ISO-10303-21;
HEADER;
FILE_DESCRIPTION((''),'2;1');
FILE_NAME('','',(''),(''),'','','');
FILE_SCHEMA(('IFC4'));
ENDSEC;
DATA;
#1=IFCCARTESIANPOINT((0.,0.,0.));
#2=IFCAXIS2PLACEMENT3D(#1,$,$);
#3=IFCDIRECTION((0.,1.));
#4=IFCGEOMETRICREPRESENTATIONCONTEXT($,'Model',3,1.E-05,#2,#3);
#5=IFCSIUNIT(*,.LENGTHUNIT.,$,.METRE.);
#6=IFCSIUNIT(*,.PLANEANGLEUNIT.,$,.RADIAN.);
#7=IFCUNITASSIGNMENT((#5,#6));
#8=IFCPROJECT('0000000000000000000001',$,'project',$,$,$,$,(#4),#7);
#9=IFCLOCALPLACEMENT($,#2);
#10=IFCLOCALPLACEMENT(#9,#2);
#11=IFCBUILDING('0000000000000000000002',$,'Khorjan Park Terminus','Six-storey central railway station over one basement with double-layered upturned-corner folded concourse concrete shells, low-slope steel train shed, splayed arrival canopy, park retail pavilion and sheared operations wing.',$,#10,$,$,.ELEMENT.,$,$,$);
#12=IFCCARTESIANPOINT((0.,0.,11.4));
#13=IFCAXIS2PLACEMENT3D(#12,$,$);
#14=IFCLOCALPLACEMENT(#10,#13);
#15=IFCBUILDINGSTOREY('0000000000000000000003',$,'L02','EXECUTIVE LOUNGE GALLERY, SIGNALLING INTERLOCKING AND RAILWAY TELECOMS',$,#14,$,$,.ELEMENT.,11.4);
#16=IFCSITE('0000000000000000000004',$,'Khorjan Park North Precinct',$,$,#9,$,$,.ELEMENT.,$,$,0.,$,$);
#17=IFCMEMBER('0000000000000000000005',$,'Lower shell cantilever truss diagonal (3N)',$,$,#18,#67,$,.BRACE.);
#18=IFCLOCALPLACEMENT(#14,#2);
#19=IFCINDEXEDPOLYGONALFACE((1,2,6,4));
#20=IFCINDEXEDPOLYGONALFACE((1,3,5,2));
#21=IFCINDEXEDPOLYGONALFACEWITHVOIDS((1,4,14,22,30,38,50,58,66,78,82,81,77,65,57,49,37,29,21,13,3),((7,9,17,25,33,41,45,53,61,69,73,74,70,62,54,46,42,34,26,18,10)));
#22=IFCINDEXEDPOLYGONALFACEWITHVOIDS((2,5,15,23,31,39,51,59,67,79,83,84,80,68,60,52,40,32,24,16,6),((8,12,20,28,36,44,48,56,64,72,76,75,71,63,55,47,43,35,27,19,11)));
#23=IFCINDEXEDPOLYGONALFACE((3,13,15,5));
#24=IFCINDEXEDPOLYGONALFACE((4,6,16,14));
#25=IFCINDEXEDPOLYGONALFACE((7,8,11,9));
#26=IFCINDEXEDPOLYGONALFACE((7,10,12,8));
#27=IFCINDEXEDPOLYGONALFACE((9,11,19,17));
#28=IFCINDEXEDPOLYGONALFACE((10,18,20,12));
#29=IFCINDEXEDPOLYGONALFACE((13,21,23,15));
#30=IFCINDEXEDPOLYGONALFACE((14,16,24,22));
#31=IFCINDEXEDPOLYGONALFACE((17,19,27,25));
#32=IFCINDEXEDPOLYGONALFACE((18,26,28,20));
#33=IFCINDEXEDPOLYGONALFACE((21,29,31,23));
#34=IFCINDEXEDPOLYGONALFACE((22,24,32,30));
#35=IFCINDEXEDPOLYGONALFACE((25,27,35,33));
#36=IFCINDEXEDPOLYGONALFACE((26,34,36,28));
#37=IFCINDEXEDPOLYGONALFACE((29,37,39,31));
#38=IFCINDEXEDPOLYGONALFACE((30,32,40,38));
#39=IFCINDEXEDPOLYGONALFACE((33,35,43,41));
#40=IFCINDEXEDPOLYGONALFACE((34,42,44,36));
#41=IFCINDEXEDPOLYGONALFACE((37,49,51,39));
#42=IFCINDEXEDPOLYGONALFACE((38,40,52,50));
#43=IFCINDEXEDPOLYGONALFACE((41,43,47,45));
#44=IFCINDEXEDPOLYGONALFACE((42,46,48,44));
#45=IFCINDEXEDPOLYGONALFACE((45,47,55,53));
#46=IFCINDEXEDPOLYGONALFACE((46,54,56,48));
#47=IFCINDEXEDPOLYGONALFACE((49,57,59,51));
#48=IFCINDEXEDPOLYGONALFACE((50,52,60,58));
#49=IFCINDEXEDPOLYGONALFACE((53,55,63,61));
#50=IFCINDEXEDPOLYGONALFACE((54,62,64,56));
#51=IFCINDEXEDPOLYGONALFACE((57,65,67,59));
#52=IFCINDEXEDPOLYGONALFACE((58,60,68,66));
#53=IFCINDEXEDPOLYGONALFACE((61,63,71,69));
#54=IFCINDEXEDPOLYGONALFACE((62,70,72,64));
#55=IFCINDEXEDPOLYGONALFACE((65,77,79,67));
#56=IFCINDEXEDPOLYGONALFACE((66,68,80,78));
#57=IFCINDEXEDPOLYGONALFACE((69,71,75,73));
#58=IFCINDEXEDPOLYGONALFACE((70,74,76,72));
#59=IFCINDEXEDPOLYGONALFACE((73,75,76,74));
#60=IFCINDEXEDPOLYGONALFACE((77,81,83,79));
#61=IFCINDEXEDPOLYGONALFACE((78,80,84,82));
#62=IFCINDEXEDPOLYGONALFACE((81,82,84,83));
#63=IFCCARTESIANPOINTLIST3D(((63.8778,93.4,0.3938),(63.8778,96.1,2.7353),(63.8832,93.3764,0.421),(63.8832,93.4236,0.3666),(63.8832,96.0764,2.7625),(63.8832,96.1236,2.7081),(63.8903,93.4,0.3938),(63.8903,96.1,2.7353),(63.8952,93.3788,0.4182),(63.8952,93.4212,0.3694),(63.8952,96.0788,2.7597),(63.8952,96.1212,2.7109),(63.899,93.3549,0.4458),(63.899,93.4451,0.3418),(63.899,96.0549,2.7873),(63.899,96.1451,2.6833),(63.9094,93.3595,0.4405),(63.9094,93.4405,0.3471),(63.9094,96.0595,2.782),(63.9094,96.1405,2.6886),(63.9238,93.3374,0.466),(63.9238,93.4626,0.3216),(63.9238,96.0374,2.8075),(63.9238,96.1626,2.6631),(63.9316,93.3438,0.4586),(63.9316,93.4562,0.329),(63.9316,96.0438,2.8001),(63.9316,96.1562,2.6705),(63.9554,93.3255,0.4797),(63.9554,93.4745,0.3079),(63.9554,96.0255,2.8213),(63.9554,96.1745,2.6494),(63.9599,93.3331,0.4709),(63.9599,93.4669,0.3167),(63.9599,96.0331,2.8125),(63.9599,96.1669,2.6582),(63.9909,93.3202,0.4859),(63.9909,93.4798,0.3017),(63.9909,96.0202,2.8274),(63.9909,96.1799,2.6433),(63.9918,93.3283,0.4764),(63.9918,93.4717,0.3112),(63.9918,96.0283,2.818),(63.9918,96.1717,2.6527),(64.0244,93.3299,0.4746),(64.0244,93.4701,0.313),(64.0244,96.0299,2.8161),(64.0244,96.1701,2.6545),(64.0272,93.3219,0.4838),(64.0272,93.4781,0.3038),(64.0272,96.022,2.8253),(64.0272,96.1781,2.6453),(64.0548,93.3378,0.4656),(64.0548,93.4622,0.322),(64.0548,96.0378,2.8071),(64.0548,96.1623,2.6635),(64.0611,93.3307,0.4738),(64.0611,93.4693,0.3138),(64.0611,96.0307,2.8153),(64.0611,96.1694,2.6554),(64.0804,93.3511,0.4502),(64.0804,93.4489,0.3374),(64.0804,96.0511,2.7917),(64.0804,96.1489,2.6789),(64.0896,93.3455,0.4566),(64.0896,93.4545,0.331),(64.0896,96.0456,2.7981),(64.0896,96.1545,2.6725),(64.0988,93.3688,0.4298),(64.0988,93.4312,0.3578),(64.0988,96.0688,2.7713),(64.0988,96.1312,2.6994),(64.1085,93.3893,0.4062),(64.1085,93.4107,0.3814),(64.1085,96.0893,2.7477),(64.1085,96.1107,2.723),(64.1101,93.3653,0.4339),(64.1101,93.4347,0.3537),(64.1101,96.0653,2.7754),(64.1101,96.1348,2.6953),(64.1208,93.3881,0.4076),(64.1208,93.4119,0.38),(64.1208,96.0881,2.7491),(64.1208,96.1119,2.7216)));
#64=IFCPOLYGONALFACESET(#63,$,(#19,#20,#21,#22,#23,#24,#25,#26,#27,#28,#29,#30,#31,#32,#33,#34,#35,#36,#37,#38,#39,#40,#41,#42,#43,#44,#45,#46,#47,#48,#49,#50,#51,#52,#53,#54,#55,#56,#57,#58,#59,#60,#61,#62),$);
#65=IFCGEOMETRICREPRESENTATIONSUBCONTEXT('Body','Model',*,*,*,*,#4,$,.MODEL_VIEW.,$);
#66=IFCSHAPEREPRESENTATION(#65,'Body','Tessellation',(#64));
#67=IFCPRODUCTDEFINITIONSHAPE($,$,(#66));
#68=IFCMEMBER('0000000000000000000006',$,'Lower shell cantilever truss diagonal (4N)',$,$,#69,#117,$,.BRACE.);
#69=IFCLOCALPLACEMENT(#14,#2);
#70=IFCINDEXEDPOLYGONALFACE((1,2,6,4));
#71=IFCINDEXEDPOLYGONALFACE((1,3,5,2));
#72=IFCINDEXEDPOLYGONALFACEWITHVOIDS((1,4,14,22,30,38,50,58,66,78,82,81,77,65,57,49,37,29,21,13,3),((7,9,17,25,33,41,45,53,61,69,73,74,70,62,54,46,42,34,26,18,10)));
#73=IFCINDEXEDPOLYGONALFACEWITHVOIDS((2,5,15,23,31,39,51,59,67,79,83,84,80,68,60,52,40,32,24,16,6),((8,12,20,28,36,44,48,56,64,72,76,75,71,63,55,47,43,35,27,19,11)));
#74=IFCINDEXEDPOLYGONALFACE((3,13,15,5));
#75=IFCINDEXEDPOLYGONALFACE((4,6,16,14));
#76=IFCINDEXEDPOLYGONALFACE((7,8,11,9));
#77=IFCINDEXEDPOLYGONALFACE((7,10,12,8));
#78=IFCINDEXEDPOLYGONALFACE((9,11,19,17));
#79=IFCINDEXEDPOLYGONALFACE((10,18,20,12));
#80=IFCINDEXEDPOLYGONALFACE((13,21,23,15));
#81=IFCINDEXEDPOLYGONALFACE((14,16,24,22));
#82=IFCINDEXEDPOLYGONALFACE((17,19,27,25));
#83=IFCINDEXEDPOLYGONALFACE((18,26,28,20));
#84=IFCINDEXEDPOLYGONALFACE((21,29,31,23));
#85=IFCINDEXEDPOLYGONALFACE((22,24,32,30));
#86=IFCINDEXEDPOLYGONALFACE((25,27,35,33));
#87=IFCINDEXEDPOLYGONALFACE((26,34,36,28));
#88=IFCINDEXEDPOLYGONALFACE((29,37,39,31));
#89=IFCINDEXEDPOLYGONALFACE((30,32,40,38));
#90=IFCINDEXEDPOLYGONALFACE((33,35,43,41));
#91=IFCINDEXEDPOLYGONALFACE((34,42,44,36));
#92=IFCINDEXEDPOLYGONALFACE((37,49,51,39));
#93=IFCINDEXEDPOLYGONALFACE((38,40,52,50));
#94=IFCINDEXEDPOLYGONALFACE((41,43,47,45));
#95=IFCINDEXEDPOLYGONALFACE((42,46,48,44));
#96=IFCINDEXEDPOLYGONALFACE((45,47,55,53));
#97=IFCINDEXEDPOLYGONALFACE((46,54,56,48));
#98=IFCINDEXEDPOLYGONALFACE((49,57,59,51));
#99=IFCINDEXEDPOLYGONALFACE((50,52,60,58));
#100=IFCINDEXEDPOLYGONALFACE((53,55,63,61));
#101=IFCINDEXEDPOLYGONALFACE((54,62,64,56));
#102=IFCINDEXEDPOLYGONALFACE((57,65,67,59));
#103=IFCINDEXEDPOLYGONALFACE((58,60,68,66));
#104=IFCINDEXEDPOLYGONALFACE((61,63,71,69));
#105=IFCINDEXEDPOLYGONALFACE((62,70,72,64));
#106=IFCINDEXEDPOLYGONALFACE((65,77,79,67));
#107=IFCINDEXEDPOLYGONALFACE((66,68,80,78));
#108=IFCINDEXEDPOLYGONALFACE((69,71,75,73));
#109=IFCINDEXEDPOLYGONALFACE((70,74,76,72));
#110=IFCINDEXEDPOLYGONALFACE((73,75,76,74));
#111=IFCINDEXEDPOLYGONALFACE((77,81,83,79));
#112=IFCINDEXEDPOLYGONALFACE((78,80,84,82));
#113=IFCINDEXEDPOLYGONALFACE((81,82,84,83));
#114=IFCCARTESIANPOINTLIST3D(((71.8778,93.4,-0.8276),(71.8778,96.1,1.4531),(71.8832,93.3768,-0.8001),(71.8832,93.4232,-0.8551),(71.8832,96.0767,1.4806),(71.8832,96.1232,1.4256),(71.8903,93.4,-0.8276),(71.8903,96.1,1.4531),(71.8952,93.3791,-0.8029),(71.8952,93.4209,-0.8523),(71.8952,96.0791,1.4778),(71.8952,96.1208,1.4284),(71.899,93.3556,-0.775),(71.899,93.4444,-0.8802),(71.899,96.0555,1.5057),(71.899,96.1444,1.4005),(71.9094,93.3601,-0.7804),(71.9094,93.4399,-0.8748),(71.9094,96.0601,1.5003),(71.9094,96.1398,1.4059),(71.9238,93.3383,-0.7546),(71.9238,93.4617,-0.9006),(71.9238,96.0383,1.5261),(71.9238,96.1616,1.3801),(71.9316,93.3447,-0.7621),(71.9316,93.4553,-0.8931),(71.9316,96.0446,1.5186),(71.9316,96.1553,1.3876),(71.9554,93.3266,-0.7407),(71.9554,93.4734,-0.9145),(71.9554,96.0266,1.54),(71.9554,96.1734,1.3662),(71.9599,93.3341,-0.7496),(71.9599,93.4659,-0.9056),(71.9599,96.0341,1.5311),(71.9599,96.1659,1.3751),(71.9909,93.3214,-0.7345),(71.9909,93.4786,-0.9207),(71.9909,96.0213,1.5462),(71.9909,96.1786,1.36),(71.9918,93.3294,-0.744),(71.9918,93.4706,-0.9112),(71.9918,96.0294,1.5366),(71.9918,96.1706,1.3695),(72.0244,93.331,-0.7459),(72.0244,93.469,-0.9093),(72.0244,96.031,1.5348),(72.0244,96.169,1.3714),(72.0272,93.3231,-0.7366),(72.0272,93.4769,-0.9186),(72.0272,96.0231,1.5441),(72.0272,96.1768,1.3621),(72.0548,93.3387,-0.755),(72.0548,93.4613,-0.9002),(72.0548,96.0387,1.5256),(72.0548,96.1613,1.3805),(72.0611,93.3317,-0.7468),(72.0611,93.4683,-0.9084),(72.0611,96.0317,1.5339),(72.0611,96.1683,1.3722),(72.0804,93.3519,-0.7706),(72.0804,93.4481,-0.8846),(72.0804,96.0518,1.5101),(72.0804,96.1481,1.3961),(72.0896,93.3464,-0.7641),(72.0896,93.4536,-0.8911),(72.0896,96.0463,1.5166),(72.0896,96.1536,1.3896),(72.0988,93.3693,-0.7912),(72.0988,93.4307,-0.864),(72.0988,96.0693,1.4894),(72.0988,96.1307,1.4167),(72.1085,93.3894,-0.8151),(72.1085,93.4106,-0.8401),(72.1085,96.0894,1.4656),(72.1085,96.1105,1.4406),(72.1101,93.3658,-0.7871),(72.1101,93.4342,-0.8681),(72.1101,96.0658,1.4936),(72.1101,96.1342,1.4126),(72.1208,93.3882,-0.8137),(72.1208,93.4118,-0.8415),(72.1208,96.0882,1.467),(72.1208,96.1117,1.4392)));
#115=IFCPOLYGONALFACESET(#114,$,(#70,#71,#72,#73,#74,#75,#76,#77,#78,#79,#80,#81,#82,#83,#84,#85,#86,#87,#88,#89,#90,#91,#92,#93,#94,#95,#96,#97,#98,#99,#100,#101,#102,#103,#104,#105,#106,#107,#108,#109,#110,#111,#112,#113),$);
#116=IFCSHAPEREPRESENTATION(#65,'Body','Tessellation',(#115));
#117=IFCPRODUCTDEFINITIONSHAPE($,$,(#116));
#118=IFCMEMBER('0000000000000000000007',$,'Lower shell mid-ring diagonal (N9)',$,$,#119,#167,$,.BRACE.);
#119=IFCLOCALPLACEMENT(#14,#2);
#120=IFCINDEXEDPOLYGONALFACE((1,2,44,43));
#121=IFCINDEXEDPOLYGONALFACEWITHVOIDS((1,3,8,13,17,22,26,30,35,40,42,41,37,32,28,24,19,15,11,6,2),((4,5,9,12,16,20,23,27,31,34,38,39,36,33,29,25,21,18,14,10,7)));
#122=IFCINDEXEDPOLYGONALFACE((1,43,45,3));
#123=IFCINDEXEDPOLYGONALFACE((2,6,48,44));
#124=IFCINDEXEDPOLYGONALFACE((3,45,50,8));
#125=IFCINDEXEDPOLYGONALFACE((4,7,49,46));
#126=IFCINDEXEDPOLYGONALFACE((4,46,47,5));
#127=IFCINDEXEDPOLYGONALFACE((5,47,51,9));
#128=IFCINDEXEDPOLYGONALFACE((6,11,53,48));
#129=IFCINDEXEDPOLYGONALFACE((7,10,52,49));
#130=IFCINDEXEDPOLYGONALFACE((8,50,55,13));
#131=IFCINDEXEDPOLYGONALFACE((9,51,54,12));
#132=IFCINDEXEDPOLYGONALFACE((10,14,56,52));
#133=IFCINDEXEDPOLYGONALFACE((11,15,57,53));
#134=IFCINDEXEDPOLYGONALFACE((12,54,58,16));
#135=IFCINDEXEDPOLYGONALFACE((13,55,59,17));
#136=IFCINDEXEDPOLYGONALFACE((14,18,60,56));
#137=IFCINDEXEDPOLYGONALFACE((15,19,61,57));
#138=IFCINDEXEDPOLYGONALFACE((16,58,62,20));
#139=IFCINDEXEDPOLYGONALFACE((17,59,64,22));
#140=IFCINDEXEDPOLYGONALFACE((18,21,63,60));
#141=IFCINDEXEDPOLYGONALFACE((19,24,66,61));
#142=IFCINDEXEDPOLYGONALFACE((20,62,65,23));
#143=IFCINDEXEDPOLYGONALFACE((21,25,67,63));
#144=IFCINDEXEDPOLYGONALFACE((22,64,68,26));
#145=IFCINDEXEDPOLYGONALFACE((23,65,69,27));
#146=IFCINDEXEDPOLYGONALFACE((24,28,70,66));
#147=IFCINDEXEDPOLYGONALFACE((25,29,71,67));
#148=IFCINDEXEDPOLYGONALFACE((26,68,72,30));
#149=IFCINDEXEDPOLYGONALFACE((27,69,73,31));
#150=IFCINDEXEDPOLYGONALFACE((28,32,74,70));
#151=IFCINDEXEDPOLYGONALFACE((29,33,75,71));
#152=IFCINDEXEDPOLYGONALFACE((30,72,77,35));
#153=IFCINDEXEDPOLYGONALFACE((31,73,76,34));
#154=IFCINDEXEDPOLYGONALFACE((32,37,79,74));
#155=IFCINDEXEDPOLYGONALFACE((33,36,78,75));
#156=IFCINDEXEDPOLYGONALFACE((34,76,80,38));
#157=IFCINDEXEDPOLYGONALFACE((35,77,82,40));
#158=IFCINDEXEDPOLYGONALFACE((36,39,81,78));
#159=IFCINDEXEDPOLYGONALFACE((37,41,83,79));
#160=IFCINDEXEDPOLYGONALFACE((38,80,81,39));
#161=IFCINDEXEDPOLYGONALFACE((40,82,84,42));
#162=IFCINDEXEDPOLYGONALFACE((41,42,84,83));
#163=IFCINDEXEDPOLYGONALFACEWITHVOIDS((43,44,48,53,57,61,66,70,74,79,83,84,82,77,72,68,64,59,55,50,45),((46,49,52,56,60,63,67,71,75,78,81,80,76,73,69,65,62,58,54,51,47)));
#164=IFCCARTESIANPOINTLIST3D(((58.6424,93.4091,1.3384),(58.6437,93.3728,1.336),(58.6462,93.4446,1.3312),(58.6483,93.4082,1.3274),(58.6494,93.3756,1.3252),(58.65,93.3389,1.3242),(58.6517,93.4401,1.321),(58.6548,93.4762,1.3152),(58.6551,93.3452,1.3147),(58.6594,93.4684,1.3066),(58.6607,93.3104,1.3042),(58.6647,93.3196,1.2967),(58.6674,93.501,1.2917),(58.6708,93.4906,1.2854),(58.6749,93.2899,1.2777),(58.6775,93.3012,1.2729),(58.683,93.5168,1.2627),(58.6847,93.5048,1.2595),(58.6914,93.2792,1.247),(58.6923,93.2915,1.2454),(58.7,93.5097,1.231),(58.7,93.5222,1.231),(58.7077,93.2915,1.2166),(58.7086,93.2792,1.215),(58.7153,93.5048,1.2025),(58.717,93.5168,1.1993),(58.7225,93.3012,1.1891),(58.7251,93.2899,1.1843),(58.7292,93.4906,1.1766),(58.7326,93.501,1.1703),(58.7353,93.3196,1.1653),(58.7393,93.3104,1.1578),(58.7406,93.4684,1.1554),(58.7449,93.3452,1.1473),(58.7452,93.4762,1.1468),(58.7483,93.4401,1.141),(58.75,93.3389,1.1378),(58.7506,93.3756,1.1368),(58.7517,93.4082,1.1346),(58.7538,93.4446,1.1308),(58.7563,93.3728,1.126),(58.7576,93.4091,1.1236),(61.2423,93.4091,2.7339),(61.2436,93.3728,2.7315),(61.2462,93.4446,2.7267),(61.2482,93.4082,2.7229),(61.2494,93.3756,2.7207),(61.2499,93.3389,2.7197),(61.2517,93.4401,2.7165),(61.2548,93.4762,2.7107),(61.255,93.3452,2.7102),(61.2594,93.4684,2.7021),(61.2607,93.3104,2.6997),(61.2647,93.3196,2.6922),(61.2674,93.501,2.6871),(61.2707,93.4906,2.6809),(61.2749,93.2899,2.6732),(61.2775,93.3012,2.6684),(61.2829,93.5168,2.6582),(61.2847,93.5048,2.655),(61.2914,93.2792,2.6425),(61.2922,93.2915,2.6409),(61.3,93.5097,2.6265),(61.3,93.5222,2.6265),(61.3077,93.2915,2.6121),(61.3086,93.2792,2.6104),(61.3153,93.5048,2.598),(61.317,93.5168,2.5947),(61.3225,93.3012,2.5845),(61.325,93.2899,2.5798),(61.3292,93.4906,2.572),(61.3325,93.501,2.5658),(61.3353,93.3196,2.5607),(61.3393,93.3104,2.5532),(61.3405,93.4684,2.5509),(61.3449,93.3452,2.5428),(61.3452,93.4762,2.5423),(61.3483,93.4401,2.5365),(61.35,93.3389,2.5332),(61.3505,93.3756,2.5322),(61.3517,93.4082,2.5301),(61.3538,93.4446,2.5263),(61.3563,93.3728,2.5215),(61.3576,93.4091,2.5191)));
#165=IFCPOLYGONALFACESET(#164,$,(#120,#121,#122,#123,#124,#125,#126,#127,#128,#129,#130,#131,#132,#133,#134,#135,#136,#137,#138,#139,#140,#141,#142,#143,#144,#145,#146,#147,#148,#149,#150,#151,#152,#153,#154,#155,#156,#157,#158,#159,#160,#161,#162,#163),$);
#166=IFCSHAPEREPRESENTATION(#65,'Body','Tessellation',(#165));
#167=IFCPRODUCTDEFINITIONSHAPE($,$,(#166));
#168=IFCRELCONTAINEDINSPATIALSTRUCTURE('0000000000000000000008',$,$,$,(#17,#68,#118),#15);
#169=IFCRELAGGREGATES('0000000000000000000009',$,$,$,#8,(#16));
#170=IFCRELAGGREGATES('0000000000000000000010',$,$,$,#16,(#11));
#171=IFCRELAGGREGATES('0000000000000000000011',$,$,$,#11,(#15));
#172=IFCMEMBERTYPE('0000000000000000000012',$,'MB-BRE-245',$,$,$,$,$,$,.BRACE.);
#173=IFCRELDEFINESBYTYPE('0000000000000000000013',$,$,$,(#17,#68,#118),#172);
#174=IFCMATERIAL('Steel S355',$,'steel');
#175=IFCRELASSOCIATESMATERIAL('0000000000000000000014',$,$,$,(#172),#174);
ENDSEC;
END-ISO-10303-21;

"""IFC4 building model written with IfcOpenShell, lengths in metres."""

from ifc_helpers import new_model, si_unit, direction, frame, origin, origin_2d, place, context, subcontext, project, spatial, hollow_circle, extrude, material, material_profile, profile_set, type_object, element, save


model = new_model("IFC4")

# Units and contexts
model_context = context("Model", 3, precision=1e-05, world=origin(), true_north=direction((0.0, 1.0)))
body_context = subcontext(model_context, "Body", "Model", "MODEL_VIEW")
ifc_project = project(units=[si_unit("LENGTHUNIT", "METRE"), si_unit("PLANEANGLEUNIT", "RADIAN")], contexts=[model_context])

# Site, building, storey
site_placement = place(None, origin())
site = spatial("IfcSite", under=ifc_project, at=site_placement, Name="Khorjan Park North Precinct", CompositionType="ELEMENT", RefElevation=0.0)
building_placement = place(site_placement, origin())
building = spatial("IfcBuilding", under=site, at=building_placement, Name="Khorjan Park Terminus", Description="Six-storey central railway station over one basement with double-layered upturned-corner folded concourse concrete shells, low-slope steel train shed, splayed arrival canopy, park retail pavilion and sheared operations wing.", CompositionType="ELEMENT")
storey_placement = place(building_placement, frame((0.0, 0.0, 11.4)))
storey = spatial("IfcBuildingStorey", under=building, at=storey_placement, Name="L02", Description="EXECUTIVE LOUNGE GALLERY, SIGNALLING INTERLOCKING AND RAILWAY TELECOMS", CompositionType="ELEMENT", Elevation=11.4)

# Members
ifc_material_1 = material(Name="Steel S355", Category="steel")
ifc_material_profile_1 = material_profile(ifc_material_1, hollow_circle(Radius=0.1222, WallThickness=0.0125, at=origin_2d()), Name="CHS 244.5x12.5")
ifc_profile_set_1 = profile_set([ifc_material_profile_1], Name="Steel S355")
member_type_1 = type_object("IfcMemberType", Name="MB-BRE-245", PredefinedType="BRACE", material=ifc_profile_set_1)
member_1_placement = place(storey_placement, frame((64.0, 93.4, 0.3938), z_axis=(0.0, 0.755481, 0.65517), x_axis=(-1.0, 0.0, 0.0)))
element("IfcMember", 1, at=member_1_placement, inside=storey, type_object=member_type_1, Name="Lower shell cantilever truss diagonal (3N)", PredefinedType="BRACE", context=body_context, shape_type="SweptSolid", body=[
    extrude(hollow_circle(Radius=0.1222, WallThickness=0.0125, at=origin_2d()), origin(), (0.0, 0.0, 1.0), 3.5739),
])
member_2_placement = place(storey_placement, frame((72.0, 93.4, -0.8276), z_axis=(0.0, 0.763932, 0.645296), x_axis=(-1.0, 0.0, 0.0)))
element("IfcMember", 2, at=member_2_placement, inside=storey, type_object=member_type_1, Name="Lower shell cantilever truss diagonal (4N)", PredefinedType="BRACE", context=body_context, shape_type="SweptSolid", body=[
    extrude(hollow_circle(Radius=0.1222, WallThickness=0.0125, at=origin_2d()), origin(), (0.0, 0.0, 1.0), 3.5343),
])
member_3_placement = place(storey_placement, frame((58.7, 93.4, 1.231), z_axis=(0.881107, 0.0, 0.472917), x_axis=(0.0, 1.0, 0.0)))
element("IfcMember", 3, at=member_3_placement, inside=storey, type_object=member_type_1, Name="Lower shell mid-ring diagonal (N9)", PredefinedType="BRACE", context=body_context, shape_type="SweptSolid", body=[
    extrude(hollow_circle(Radius=0.1222, WallThickness=0.0125, at=origin_2d()), origin(), (0.0, 0.0, 1.0), 2.9508),
])

save(model, "model.ifc")
